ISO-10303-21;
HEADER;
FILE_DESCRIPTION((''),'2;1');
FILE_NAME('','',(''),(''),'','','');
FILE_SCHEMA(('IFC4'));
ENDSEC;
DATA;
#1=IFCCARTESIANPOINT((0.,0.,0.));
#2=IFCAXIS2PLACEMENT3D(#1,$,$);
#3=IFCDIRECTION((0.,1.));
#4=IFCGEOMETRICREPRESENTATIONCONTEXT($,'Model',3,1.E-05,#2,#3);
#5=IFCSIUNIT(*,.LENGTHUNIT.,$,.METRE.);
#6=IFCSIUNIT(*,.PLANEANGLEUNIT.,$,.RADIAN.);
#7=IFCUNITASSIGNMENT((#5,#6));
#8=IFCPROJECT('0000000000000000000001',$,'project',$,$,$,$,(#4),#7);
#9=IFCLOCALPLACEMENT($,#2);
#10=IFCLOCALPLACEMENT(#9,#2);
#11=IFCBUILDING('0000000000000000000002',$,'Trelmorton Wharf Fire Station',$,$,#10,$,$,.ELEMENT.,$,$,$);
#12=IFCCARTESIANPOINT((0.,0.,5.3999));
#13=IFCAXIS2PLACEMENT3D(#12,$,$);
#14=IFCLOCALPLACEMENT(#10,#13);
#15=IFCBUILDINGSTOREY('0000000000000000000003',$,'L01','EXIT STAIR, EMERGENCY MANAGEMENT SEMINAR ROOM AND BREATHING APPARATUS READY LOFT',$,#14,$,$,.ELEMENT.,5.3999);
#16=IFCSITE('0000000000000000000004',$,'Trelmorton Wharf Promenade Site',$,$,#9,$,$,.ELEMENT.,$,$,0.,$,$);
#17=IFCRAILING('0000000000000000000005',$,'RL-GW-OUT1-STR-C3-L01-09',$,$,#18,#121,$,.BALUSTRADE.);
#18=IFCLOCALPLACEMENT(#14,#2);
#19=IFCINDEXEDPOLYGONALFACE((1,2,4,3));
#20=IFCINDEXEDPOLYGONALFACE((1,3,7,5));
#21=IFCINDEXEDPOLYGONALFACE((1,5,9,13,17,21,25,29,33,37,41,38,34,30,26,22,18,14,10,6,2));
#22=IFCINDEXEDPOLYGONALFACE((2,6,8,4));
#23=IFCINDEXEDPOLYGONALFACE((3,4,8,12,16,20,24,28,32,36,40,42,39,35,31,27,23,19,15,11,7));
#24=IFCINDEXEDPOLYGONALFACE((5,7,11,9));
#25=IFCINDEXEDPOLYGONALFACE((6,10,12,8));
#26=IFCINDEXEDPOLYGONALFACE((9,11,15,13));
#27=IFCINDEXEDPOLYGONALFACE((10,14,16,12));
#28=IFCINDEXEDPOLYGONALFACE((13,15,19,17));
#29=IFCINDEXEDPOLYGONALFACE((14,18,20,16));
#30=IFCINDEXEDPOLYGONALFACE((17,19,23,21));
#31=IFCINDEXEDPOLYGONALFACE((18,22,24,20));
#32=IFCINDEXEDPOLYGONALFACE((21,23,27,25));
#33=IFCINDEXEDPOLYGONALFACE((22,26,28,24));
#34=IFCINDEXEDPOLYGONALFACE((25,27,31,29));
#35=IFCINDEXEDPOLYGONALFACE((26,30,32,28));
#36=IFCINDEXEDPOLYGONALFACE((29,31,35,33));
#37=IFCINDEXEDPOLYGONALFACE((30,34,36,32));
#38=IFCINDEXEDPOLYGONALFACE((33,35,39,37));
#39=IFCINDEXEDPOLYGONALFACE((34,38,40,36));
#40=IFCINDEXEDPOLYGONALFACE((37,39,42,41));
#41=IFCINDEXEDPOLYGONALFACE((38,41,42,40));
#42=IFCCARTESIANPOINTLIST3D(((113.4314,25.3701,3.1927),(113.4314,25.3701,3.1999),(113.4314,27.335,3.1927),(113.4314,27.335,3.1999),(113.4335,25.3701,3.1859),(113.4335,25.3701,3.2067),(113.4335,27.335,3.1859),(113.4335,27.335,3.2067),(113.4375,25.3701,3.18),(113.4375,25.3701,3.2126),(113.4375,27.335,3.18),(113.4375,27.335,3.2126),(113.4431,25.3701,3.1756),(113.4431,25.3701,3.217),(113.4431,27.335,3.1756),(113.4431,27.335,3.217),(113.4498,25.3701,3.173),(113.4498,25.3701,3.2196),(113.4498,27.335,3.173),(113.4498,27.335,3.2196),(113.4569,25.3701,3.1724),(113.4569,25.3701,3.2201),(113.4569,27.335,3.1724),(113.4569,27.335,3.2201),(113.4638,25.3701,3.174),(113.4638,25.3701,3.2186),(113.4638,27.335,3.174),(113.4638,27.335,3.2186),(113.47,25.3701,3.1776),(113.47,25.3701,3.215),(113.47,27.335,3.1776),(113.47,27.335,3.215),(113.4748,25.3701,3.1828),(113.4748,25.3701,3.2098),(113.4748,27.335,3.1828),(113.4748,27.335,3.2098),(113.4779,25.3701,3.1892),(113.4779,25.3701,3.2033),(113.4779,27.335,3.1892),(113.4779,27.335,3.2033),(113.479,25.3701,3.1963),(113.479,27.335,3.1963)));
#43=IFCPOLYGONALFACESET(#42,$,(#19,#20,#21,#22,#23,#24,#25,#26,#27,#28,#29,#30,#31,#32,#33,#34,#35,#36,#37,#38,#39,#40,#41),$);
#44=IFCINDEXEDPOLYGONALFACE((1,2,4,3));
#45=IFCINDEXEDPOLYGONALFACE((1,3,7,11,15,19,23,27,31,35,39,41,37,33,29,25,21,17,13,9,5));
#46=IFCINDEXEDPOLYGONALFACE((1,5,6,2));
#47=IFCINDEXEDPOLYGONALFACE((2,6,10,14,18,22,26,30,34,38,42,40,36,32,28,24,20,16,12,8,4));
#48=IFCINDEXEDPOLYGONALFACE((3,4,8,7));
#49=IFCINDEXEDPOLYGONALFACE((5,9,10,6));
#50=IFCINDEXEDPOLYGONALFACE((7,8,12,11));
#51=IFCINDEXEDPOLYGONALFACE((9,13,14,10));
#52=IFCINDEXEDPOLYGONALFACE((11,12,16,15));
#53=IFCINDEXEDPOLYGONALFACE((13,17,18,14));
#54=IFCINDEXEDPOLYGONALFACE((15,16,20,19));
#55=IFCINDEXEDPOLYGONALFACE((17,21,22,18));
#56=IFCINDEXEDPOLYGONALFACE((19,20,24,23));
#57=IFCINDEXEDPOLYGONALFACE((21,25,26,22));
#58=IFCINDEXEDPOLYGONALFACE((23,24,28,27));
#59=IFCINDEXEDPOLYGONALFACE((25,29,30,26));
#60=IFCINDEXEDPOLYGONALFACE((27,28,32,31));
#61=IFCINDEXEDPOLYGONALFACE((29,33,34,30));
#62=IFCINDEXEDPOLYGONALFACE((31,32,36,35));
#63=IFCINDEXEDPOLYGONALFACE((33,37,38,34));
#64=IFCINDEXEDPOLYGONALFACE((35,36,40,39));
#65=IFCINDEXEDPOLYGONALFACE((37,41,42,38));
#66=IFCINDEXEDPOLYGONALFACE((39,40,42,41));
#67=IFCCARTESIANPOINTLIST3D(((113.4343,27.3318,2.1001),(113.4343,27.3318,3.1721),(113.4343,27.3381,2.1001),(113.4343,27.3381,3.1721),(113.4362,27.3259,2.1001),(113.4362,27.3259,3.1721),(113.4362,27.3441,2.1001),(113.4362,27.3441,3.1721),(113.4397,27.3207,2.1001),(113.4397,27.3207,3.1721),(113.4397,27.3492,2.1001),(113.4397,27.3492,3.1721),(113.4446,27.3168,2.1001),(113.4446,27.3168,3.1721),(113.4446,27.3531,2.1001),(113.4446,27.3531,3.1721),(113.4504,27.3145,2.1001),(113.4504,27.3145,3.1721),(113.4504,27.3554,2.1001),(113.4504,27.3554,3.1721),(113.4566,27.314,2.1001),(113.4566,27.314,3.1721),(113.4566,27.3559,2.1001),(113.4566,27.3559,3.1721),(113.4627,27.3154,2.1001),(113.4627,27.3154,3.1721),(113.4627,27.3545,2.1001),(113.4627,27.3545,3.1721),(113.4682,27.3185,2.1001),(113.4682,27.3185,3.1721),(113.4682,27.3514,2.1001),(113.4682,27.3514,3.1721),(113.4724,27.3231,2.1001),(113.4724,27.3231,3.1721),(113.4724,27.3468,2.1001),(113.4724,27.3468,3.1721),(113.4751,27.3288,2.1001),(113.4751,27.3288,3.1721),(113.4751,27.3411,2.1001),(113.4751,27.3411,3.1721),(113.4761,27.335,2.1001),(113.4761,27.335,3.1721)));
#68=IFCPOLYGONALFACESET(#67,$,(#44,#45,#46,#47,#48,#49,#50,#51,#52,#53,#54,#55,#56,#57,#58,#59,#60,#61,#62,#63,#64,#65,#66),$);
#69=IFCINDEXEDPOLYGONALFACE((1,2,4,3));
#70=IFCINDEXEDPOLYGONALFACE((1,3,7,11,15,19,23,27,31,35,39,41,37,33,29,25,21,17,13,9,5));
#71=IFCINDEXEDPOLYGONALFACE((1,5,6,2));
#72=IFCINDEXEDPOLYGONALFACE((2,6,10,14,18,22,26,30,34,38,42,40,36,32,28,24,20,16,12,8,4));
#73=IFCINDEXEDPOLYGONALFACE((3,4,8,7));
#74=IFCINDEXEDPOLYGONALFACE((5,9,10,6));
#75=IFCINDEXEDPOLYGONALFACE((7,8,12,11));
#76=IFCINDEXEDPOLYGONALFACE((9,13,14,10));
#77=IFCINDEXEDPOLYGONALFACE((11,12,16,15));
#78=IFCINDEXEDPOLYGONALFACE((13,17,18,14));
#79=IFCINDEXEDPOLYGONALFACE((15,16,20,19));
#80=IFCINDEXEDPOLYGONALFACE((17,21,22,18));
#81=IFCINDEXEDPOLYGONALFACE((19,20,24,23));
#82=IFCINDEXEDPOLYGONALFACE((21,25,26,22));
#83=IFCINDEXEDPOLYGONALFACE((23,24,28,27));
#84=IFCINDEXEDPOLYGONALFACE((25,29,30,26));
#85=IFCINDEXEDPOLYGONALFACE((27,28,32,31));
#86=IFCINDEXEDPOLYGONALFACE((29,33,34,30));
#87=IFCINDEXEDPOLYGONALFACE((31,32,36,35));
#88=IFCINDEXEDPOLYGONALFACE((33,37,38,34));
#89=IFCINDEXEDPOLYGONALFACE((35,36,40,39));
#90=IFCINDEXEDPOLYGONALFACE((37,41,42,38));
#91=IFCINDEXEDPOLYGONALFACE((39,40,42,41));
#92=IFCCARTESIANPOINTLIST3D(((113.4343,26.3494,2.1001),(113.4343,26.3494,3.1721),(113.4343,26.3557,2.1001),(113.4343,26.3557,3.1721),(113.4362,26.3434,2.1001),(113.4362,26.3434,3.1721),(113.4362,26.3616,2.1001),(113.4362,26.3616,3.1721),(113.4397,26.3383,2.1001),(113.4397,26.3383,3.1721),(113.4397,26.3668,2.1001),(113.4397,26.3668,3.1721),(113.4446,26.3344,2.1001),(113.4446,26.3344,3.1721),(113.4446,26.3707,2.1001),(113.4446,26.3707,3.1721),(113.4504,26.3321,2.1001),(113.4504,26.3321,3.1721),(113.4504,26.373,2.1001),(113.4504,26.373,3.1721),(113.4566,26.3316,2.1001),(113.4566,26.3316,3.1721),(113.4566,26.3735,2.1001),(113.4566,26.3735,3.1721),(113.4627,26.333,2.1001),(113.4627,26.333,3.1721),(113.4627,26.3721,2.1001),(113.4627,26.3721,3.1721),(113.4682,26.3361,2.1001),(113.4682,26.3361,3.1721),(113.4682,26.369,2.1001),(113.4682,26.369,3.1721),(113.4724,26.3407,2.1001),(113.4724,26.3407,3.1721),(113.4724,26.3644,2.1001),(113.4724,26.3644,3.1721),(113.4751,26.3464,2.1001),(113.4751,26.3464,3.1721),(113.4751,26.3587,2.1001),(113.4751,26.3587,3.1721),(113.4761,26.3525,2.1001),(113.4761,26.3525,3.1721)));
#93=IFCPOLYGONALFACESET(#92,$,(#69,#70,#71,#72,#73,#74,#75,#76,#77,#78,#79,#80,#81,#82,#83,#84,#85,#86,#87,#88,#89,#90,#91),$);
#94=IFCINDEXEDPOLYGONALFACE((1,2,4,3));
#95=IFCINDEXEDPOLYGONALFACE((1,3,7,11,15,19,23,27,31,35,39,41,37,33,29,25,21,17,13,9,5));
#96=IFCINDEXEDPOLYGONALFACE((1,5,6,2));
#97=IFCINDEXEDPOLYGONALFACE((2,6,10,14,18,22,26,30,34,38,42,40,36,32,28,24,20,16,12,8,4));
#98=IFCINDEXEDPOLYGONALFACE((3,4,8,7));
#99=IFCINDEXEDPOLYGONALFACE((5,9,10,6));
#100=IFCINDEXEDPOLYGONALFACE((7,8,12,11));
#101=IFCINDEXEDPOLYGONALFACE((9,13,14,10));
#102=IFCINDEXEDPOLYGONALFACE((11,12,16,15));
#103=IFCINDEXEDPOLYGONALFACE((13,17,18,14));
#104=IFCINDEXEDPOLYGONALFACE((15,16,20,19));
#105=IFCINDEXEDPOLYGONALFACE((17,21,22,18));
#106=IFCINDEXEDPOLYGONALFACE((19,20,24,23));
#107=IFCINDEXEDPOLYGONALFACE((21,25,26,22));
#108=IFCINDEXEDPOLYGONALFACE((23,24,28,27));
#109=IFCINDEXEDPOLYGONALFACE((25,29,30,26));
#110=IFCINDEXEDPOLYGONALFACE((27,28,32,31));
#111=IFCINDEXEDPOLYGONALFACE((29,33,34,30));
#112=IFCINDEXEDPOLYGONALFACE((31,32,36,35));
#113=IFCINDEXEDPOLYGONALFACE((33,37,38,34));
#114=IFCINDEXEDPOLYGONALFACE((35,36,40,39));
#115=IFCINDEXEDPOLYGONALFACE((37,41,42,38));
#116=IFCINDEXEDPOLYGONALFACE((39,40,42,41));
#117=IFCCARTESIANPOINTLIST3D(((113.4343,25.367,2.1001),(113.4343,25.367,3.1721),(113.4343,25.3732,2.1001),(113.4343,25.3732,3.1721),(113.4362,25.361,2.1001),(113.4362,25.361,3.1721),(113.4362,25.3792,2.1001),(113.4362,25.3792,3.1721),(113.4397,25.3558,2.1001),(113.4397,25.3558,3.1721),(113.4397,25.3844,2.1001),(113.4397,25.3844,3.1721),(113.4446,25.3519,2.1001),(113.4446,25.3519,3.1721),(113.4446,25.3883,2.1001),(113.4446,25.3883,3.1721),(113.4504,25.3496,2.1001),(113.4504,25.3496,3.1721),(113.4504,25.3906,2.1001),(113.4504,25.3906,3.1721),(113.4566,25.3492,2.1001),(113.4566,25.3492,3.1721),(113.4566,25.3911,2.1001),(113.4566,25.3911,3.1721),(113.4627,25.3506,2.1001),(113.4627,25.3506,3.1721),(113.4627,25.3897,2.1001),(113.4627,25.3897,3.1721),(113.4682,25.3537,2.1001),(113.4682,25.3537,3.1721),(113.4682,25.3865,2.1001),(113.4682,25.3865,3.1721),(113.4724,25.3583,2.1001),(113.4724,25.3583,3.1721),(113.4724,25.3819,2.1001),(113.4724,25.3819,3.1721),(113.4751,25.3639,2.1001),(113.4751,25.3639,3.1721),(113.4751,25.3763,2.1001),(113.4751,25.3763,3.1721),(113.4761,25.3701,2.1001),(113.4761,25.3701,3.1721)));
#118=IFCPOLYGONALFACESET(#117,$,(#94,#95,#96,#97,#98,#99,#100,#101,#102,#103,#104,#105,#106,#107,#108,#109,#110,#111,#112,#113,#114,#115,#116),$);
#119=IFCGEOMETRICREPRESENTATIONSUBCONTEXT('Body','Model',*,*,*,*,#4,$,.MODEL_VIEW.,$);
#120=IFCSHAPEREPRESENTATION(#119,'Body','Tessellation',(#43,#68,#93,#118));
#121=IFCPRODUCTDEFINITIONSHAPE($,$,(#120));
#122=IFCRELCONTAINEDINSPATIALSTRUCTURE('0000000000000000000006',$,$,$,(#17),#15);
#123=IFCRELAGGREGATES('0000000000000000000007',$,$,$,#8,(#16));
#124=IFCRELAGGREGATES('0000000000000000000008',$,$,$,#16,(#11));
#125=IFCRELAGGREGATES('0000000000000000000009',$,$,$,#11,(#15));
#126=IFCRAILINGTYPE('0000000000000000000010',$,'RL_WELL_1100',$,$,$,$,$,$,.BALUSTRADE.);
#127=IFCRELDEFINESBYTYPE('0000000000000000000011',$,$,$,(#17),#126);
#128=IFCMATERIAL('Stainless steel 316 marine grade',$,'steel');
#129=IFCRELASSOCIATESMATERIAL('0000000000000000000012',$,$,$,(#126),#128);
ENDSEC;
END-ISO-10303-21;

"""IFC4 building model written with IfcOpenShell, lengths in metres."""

from ifc_helpers import new_model, si_unit, direction, frame, origin, origin_2d, place, context, subcontext, project, spatial, circle, extrude, material, type_object, element, save


model = new_model("IFC4")

# Units and contexts
model_context = context("Model", 3, precision=1e-05, world=origin(), true_north=direction((0.0, 1.0)))
body_context = subcontext(model_context, "Body", "Model", "MODEL_VIEW")
ifc_project = project(units=[si_unit("LENGTHUNIT", "METRE"), si_unit("PLANEANGLEUNIT", "RADIAN")], contexts=[model_context])

# Site, building, storey
site_placement = place(None, origin())
site = spatial("IfcSite", under=ifc_project, at=site_placement, Name="Trelmorton Wharf Promenade Site", CompositionType="ELEMENT", RefElevation=0.0)
building_placement = place(site_placement, origin())
building = spatial("IfcBuilding", under=site, at=building_placement, Name="Trelmorton Wharf Fire Station", CompositionType="ELEMENT")
storey_placement = place(building_placement, frame((0.0, 0.0, 5.3999)))
storey = spatial("IfcBuildingStorey", under=building, at=storey_placement, Name="L01", Description="EXIT STAIR, EMERGENCY MANAGEMENT SEMINAR ROOM AND BREATHING APPARATUS READY LOFT", CompositionType="ELEMENT", Elevation=5.3999)

# Shared definitions
ifc_material_1 = material(Name="Stainless steel 316 marine grade", Category="steel")

# Railing
railing_type_1 = type_object("IfcRailingType", Name="RL_WELL_1100", PredefinedType="BALUSTRADE", material=ifc_material_1)
railing_1_placement = place(storey_placement, frame((113.4551, 27.335, 2.1001)))
element("IfcRailing", 1, at=railing_1_placement, inside=storey, type_object=railing_type_1, Name="RL-GW-OUT1-STR-C3-L01-09", PredefinedType="BALUSTRADE", context=body_context, shape_type="SweptSolid", body=[
    extrude(circle(Radius=0.0239, at=origin_2d()), frame((0.0, 0.0, 1.0962), z_axis=(0.0, -1.0, 0.0), x_axis=(1.0, 0.0, 0.0)), (0.0, 0.0, 1.0), 1.9648),
    extrude(circle(Radius=0.021, at=origin_2d()), origin(), (0.0, 0.0, 1.0), 1.072),
    extrude(circle(Radius=0.021, at=origin_2d()), frame((0.0, -0.9824, 0.0)), (0.0, 0.0, 1.0), 1.072),
    extrude(circle(Radius=0.021, at=origin_2d()), frame((0.0, -1.9648, 0.0)), (0.0, 0.0, 1.0), 1.072),
])

save(model, "model.ifc")
